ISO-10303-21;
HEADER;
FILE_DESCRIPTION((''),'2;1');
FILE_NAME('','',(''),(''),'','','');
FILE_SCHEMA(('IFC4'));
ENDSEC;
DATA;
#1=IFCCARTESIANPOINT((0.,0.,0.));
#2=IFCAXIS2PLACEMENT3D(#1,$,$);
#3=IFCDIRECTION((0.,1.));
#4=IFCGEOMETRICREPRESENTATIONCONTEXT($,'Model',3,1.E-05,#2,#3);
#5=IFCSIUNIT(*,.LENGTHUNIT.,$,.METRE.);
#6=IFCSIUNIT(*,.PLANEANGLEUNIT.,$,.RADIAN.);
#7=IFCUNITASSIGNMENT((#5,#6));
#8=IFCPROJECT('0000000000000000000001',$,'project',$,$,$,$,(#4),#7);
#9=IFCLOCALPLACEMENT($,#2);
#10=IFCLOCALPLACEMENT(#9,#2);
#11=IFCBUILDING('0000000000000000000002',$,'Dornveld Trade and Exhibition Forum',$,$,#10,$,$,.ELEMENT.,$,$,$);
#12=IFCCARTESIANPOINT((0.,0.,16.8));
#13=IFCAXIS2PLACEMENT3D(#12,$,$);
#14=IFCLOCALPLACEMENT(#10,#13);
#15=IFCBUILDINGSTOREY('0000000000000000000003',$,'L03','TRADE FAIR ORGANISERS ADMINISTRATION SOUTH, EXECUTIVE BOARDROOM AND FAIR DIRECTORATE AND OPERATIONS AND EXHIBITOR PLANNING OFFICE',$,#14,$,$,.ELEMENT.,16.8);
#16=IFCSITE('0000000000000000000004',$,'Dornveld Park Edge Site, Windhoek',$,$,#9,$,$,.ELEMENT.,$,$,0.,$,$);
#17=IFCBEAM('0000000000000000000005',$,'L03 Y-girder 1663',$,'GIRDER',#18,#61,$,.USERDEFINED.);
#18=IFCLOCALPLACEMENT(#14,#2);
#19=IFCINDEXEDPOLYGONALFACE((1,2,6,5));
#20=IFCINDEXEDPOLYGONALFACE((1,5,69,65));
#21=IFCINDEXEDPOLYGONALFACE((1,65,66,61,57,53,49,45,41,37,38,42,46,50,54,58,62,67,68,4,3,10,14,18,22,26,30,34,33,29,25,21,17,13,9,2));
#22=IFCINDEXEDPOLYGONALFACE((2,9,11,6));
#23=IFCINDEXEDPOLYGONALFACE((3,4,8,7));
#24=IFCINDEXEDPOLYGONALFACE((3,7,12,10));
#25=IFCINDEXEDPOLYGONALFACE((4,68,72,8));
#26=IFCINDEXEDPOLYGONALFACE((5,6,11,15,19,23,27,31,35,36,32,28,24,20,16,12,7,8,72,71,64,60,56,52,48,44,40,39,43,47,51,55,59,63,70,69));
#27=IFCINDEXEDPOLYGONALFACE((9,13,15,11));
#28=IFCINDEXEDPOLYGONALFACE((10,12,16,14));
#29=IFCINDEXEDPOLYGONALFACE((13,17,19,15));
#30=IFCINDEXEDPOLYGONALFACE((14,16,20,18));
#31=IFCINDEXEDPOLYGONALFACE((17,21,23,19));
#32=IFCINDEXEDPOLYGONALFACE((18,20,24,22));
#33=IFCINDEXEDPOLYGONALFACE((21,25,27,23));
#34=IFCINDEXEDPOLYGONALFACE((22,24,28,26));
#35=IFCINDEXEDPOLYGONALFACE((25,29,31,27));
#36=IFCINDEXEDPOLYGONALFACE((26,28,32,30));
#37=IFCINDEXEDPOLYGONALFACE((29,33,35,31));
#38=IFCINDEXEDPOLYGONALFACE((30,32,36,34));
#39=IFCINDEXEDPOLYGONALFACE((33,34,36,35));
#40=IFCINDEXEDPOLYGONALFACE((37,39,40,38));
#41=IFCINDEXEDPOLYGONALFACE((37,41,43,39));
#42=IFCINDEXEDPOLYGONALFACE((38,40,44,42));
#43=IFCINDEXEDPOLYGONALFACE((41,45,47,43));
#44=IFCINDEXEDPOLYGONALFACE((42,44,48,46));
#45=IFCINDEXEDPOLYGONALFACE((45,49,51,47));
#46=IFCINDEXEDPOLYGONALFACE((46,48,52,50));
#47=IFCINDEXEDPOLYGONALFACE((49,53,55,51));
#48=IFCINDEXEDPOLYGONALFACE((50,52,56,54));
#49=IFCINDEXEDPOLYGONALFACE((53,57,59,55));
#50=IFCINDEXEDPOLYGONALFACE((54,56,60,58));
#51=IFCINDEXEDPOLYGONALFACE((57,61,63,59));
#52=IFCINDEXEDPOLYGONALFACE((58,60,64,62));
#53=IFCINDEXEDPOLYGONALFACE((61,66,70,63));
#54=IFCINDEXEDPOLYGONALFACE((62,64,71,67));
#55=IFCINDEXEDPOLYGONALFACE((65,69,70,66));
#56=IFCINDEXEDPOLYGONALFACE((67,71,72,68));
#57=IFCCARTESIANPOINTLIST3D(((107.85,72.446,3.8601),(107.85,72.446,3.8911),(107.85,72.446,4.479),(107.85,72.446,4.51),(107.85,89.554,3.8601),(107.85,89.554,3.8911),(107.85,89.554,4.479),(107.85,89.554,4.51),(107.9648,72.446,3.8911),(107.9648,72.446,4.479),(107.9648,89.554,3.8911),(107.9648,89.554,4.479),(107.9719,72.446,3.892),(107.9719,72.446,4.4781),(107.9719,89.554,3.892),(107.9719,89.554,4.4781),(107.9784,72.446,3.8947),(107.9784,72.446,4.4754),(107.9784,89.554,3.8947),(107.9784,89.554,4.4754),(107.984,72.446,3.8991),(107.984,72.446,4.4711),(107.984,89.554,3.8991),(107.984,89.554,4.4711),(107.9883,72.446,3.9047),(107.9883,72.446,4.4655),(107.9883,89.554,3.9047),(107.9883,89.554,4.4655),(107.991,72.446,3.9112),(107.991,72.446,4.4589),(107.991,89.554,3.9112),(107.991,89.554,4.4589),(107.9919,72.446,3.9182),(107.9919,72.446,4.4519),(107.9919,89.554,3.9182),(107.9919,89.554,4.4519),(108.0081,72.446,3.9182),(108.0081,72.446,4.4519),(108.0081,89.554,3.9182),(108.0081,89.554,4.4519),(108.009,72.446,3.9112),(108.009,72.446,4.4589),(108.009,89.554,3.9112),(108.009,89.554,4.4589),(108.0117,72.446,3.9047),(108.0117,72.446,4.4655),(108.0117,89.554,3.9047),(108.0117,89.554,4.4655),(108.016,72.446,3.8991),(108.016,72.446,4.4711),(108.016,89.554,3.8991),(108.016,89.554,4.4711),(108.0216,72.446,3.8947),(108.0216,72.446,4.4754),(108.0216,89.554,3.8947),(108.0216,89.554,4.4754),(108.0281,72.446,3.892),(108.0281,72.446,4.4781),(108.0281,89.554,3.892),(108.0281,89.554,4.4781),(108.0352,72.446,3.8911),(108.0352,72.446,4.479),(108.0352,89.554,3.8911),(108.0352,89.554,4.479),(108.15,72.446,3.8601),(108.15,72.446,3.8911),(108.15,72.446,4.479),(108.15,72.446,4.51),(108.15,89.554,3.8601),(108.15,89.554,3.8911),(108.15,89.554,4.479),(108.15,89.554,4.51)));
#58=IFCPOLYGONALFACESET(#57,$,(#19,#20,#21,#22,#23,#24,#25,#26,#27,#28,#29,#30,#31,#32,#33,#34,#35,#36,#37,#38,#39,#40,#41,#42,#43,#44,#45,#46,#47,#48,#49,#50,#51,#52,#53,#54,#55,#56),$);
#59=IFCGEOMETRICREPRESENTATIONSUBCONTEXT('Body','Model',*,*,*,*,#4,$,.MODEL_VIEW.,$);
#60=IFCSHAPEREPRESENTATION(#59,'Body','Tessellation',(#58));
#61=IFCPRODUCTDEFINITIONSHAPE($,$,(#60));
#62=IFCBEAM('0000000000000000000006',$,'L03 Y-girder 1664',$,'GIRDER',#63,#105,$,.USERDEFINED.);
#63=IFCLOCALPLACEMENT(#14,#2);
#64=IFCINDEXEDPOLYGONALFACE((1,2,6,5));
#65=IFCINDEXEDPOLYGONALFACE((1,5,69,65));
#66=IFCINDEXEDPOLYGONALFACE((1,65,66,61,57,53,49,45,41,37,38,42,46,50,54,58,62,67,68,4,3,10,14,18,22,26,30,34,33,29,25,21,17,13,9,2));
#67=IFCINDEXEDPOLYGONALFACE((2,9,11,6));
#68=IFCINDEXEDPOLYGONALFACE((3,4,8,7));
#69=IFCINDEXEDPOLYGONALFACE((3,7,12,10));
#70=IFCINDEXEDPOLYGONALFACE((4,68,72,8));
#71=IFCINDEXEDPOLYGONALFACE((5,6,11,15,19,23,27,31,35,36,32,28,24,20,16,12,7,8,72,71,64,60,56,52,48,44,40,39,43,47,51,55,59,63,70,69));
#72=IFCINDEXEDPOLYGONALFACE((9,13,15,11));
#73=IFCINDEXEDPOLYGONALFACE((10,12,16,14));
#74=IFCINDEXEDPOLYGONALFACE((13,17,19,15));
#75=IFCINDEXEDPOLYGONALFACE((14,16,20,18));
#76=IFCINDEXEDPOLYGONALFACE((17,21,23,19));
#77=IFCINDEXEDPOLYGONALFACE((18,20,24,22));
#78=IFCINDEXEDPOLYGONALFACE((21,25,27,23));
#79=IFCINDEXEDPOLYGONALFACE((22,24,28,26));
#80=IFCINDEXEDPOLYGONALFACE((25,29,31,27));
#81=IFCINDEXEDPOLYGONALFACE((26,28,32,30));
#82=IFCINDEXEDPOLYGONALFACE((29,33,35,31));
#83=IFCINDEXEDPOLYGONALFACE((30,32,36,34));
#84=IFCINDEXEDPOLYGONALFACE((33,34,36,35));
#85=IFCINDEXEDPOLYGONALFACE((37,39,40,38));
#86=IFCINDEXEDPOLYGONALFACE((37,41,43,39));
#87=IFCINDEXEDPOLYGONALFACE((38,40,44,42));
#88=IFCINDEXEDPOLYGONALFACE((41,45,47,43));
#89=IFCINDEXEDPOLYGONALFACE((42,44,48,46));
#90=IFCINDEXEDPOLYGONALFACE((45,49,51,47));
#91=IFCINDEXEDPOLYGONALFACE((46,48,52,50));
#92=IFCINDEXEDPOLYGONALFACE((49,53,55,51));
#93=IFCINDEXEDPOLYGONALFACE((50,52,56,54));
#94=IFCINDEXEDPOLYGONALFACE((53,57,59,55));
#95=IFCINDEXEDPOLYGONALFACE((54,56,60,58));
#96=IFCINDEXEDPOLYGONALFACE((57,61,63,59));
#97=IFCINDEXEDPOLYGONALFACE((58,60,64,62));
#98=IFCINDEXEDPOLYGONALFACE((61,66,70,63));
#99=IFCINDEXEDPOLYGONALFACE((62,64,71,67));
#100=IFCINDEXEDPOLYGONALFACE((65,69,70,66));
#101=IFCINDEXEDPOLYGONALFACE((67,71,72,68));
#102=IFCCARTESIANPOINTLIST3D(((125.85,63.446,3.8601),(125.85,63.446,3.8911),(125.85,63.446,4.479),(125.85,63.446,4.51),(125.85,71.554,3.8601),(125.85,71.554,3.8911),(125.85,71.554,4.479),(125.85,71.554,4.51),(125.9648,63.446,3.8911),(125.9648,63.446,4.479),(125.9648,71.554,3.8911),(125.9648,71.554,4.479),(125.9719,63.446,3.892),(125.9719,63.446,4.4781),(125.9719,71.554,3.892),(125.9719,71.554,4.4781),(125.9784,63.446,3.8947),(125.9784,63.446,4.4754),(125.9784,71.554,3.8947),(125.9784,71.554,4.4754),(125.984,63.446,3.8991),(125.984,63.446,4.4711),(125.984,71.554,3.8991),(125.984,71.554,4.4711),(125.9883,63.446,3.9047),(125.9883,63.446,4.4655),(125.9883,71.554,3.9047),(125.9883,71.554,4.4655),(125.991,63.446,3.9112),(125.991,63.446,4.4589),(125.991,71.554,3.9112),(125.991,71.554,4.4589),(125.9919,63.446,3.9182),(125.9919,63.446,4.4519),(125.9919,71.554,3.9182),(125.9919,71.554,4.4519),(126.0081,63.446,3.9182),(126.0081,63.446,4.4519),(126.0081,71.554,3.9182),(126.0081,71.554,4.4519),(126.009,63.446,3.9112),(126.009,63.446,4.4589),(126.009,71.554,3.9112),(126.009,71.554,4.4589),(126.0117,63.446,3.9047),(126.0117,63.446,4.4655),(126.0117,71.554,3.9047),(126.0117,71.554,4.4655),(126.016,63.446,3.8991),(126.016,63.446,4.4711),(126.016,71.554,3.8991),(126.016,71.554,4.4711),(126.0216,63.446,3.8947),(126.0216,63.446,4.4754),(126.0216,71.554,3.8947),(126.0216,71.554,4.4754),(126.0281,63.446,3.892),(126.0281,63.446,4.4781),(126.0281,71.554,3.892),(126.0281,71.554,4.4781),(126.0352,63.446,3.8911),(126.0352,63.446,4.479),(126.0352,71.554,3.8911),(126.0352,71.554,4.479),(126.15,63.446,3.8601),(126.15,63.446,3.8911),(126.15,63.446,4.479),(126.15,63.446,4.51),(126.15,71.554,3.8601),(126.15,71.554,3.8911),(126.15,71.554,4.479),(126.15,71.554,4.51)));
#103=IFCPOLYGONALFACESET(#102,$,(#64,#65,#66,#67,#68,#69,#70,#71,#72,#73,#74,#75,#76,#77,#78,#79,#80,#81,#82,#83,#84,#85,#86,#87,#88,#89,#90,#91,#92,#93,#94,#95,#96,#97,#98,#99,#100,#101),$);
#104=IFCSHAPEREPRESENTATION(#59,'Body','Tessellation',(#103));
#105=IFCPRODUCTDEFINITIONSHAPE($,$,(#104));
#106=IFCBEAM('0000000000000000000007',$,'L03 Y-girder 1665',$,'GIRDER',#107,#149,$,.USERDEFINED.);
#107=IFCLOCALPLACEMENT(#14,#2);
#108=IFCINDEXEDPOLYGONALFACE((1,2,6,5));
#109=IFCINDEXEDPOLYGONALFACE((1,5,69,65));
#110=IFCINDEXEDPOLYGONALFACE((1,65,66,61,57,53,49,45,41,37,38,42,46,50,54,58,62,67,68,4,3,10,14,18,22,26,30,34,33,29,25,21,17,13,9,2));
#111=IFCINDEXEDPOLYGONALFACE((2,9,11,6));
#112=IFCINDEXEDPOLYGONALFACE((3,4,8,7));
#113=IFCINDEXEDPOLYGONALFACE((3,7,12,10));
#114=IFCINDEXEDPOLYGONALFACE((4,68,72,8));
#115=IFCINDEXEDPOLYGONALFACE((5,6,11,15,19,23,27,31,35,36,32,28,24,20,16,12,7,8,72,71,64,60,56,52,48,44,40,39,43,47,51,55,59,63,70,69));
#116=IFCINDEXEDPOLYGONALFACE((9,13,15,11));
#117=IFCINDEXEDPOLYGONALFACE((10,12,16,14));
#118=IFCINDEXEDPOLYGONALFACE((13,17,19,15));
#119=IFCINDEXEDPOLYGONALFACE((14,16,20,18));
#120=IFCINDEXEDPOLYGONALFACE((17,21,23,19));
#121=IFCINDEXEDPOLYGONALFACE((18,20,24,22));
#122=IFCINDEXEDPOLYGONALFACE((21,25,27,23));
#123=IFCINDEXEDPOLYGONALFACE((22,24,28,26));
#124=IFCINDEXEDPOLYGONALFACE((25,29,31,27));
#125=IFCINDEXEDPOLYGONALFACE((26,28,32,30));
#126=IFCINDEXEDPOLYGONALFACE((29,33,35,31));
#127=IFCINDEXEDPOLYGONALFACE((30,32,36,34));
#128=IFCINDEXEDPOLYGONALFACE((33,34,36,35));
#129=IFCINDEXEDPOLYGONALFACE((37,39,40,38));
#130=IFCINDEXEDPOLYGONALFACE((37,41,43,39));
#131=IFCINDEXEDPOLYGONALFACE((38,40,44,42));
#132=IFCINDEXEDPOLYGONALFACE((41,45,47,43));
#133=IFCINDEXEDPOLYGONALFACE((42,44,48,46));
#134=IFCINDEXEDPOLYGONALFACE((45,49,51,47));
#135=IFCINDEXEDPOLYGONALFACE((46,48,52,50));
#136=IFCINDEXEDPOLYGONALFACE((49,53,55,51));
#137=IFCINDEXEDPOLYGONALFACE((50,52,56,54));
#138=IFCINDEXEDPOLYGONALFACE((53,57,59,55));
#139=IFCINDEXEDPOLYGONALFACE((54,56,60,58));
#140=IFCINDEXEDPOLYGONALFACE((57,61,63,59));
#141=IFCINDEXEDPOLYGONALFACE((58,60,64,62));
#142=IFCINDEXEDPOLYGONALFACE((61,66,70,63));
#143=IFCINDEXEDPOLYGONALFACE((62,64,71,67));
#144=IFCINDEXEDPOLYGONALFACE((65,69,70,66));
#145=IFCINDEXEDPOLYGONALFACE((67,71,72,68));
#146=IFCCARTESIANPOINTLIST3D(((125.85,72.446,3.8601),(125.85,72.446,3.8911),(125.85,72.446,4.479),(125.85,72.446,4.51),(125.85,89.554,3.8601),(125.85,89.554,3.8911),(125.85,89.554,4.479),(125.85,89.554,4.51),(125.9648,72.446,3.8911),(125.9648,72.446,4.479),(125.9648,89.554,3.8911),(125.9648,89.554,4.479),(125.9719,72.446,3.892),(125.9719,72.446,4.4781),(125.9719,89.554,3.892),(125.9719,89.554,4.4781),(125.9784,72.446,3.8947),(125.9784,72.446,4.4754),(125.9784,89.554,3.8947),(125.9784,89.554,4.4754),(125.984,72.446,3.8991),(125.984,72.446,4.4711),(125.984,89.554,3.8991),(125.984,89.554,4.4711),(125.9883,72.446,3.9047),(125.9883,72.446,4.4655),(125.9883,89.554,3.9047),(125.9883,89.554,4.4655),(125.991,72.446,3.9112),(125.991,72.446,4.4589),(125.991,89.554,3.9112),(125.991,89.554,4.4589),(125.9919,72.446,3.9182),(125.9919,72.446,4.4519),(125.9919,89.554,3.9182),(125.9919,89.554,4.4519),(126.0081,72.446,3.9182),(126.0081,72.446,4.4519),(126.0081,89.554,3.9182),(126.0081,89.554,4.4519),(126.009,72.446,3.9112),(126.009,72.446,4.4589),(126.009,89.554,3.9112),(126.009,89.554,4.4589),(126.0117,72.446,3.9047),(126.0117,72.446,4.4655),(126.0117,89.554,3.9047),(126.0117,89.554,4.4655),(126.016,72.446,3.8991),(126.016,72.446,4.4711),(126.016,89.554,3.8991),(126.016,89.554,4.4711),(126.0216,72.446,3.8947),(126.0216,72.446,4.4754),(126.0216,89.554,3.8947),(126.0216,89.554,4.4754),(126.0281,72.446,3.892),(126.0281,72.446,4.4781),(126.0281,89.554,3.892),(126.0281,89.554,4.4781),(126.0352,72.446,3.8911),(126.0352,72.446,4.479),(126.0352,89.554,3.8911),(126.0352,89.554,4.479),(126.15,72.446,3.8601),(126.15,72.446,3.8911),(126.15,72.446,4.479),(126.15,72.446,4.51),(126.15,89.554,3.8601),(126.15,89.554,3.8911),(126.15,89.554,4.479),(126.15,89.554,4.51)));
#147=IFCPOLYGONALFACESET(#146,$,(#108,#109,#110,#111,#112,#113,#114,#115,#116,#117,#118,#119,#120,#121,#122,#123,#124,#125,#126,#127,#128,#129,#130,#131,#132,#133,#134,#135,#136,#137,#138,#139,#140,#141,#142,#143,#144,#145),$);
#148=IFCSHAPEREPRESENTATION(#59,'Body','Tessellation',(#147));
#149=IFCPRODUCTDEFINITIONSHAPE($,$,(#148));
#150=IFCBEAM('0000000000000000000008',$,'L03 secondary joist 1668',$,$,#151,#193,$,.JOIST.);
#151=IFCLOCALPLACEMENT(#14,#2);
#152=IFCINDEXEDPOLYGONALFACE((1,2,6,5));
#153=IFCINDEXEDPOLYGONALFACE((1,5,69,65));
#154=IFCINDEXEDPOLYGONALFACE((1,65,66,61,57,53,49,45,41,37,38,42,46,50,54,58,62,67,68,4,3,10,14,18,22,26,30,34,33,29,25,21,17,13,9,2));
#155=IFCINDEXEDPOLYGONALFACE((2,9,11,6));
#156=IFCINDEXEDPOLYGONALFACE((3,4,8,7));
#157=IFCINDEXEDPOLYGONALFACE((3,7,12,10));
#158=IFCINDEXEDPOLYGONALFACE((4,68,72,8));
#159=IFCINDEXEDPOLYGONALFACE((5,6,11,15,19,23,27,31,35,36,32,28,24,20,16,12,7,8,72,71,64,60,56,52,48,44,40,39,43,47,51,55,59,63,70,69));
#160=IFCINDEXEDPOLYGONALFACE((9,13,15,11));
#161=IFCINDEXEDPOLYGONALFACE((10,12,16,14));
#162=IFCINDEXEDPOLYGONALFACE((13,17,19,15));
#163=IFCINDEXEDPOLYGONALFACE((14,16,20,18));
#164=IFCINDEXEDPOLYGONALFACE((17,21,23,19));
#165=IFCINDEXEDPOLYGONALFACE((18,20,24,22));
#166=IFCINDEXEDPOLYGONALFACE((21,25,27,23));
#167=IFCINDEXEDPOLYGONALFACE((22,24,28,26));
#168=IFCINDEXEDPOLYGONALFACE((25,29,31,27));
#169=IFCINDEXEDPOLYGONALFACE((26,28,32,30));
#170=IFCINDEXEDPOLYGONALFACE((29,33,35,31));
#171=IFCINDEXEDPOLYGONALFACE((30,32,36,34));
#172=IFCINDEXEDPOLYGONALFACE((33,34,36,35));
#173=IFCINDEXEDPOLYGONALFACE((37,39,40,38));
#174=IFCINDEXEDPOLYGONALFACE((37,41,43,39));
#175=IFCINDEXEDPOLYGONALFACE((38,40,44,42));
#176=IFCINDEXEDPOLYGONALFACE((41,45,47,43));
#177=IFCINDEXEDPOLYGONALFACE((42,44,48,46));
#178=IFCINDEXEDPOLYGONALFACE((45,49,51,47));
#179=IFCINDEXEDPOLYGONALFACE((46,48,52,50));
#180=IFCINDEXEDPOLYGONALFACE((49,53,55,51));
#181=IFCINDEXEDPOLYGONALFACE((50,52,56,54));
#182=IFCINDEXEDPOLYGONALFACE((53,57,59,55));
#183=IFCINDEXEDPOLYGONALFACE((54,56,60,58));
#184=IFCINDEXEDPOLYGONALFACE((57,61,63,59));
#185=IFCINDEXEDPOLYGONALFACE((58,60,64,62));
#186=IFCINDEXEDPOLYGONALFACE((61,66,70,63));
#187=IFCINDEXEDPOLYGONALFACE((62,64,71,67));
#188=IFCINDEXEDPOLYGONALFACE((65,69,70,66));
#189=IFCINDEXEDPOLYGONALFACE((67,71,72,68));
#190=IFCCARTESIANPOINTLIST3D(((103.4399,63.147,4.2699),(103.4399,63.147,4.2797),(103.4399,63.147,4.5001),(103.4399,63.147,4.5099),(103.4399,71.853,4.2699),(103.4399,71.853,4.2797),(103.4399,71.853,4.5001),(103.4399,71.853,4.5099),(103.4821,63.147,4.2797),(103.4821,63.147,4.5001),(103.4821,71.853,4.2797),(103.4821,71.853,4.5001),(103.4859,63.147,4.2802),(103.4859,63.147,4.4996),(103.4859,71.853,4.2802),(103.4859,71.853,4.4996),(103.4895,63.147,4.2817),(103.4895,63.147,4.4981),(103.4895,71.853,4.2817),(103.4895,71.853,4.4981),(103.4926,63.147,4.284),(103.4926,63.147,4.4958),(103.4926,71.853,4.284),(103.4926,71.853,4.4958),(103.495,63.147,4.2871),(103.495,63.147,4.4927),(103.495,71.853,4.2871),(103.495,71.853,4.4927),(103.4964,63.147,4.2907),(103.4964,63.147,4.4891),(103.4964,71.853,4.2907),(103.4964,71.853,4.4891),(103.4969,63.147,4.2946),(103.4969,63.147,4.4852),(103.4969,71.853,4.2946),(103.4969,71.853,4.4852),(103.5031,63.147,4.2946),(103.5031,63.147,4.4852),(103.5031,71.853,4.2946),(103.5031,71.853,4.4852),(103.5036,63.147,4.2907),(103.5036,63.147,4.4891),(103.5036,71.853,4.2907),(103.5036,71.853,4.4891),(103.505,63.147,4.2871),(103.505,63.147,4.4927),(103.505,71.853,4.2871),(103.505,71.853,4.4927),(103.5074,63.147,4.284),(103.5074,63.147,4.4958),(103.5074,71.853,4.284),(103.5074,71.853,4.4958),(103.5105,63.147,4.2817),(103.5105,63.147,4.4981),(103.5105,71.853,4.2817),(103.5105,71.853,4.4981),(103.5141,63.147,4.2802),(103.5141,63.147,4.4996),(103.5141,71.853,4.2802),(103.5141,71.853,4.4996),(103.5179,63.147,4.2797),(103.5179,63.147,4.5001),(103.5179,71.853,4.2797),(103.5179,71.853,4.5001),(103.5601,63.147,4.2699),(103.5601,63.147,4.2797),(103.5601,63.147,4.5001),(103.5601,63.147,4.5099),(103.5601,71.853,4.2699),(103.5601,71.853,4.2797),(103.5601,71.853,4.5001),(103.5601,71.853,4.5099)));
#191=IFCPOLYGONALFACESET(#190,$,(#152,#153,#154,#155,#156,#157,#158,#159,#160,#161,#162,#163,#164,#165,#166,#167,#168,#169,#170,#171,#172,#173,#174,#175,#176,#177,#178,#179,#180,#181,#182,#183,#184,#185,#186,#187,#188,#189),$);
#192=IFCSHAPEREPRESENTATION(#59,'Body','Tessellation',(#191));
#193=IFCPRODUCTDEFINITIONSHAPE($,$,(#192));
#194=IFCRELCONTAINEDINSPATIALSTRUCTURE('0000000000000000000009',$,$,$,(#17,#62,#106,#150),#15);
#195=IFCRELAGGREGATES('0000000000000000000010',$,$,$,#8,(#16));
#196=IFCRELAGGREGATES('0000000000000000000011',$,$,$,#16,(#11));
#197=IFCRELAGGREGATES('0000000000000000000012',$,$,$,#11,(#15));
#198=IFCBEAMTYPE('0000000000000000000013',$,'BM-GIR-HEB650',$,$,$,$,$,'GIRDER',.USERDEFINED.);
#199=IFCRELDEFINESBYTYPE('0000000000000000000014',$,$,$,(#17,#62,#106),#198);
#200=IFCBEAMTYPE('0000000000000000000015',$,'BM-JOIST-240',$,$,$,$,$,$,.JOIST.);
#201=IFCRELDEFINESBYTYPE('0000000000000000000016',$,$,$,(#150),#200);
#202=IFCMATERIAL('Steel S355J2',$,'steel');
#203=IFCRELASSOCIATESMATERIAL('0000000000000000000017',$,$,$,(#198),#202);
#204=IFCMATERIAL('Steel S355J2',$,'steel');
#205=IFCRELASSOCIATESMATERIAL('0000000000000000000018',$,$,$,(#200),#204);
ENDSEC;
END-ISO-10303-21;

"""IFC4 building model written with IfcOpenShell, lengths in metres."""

from ifc_helpers import new_model, si_unit, direction, frame, origin, origin_2d, place, context, subcontext, project, spatial, i_section, extrude, material, material_profile, profile_set, type_object, element, save


model = new_model("IFC4")

# Units and contexts
model_context = context("Model", 3, precision=1e-05, world=origin(), true_north=direction((0.0, 1.0)))
body_context = subcontext(model_context, "Body", "Model", "MODEL_VIEW")
ifc_project = project(units=[si_unit("LENGTHUNIT", "METRE"), si_unit("PLANEANGLEUNIT", "RADIAN")], contexts=[model_context])

# Site, building, storey
site_placement = place(None, origin())
site = spatial("IfcSite", under=ifc_project, at=site_placement, Name="Dornveld Park Edge Site, Windhoek", CompositionType="ELEMENT", RefElevation=0.0)
building_placement = place(site_placement, origin())
building = spatial("IfcBuilding", under=site, at=building_placement, Name="Dornveld Trade and Exhibition Forum", CompositionType="ELEMENT")
storey_placement = place(building_placement, frame((0.0, 0.0, 16.8)))
storey = spatial("IfcBuildingStorey", under=building, at=storey_placement, Name="L03", Description="TRADE FAIR ORGANISERS ADMINISTRATION SOUTH, EXECUTIVE BOARDROOM AND FAIR DIRECTORATE AND OPERATIONS AND EXHIBITOR PLANNING OFFICE", CompositionType="ELEMENT", Elevation=16.8)

# Beams
ifc_material_1 = material(Name="Steel S355J2", Category="steel")
ifc_material_profile_1 = material_profile(ifc_material_1, i_section(OverallWidth=0.3, OverallDepth=0.6499, WebThickness=0.0161, FlangeThickness=0.031, FilletRadius=0.0271, at=origin_2d()), Name="HEB 650")
ifc_profile_set_1 = profile_set([ifc_material_profile_1], Name="Steel S355J2")
beam_type_1 = type_object("IfcBeamType", Name="BM-GIR-HEB650", ElementType="GIRDER", PredefinedType="USERDEFINED", material=ifc_profile_set_1)
beam_1_placement = place(storey_placement, frame((108.0, 72.446, 4.1851), z_axis=(0.0, 1.0, 0.0), x_axis=(-1.0, 0.0, 0.0)))
element("IfcBeam", 1, at=beam_1_placement, inside=storey, type_object=beam_type_1, Name="L03 Y-girder 1663", ObjectType="GIRDER", PredefinedType="USERDEFINED", context=body_context, shape_type="SweptSolid", body=[
    extrude(i_section(OverallWidth=0.3, OverallDepth=0.6499, WebThickness=0.0161, FlangeThickness=0.031, FilletRadius=0.0271, at=origin_2d()), origin(), (0.0, 0.0, 1.0), 17.1079),
])
beam_2_placement = place(storey_placement, frame((126.0, 63.446, 4.1851), z_axis=(0.0, 1.0, 0.0), x_axis=(-1.0, 0.0, 0.0)))
element("IfcBeam", 2, at=beam_2_placement, inside=storey, type_object=beam_type_1, Name="L03 Y-girder 1664", ObjectType="GIRDER", PredefinedType="USERDEFINED", context=body_context, shape_type="SweptSolid", body=[
    extrude(i_section(OverallWidth=0.3, OverallDepth=0.6499, WebThickness=0.0161, FlangeThickness=0.031, FilletRadius=0.0271, at=origin_2d()), origin(), (0.0, 0.0, 1.0), 8.1079),
])
beam_3_placement = place(storey_placement, frame((126.0, 72.446, 4.1851), z_axis=(0.0, 1.0, 0.0), x_axis=(-1.0, 0.0, 0.0)))
element("IfcBeam", 3, at=beam_3_placement, inside=storey, type_object=beam_type_1, Name="L03 Y-girder 1665", ObjectType="GIRDER", PredefinedType="USERDEFINED", context=body_context, shape_type="SweptSolid", body=[
    extrude(i_section(OverallWidth=0.3, OverallDepth=0.6499, WebThickness=0.0161, FlangeThickness=0.031, FilletRadius=0.0271, at=origin_2d()), origin(), (0.0, 0.0, 1.0), 17.1079),
])
ifc_material_2 = material(Name="Steel S355J2", Category="steel")
ifc_material_profile_2 = material_profile(ifc_material_2, i_section(OverallWidth=0.1201, OverallDepth=0.24, WebThickness=0.0061, FlangeThickness=0.0098, FilletRadius=0.0149, at=origin_2d()), Name="IPE 240")
ifc_profile_set_2 = profile_set([ifc_material_profile_2], Name="Steel S355J2")
beam_type_2 = type_object("IfcBeamType", Name="BM-JOIST-240", PredefinedType="JOIST", material=ifc_profile_set_2)
beam_4_placement = place(storey_placement, frame((103.5, 63.147, 4.3899), z_axis=(0.0, 1.0, 0.0), x_axis=(-1.0, 0.0, 0.0)))
element("IfcBeam", 4, at=beam_4_placement, inside=storey, type_object=beam_type_2, Name="L03 secondary joist 1668", PredefinedType="JOIST", context=body_context, shape_type="SweptSolid", body=[
    extrude(i_section(OverallWidth=0.1201, OverallDepth=0.24, WebThickness=0.0061, FlangeThickness=0.0098, FilletRadius=0.0149, at=origin_2d()), origin(), (0.0, 0.0, 1.0), 8.7061),
])

save(model, "model.ifc")
